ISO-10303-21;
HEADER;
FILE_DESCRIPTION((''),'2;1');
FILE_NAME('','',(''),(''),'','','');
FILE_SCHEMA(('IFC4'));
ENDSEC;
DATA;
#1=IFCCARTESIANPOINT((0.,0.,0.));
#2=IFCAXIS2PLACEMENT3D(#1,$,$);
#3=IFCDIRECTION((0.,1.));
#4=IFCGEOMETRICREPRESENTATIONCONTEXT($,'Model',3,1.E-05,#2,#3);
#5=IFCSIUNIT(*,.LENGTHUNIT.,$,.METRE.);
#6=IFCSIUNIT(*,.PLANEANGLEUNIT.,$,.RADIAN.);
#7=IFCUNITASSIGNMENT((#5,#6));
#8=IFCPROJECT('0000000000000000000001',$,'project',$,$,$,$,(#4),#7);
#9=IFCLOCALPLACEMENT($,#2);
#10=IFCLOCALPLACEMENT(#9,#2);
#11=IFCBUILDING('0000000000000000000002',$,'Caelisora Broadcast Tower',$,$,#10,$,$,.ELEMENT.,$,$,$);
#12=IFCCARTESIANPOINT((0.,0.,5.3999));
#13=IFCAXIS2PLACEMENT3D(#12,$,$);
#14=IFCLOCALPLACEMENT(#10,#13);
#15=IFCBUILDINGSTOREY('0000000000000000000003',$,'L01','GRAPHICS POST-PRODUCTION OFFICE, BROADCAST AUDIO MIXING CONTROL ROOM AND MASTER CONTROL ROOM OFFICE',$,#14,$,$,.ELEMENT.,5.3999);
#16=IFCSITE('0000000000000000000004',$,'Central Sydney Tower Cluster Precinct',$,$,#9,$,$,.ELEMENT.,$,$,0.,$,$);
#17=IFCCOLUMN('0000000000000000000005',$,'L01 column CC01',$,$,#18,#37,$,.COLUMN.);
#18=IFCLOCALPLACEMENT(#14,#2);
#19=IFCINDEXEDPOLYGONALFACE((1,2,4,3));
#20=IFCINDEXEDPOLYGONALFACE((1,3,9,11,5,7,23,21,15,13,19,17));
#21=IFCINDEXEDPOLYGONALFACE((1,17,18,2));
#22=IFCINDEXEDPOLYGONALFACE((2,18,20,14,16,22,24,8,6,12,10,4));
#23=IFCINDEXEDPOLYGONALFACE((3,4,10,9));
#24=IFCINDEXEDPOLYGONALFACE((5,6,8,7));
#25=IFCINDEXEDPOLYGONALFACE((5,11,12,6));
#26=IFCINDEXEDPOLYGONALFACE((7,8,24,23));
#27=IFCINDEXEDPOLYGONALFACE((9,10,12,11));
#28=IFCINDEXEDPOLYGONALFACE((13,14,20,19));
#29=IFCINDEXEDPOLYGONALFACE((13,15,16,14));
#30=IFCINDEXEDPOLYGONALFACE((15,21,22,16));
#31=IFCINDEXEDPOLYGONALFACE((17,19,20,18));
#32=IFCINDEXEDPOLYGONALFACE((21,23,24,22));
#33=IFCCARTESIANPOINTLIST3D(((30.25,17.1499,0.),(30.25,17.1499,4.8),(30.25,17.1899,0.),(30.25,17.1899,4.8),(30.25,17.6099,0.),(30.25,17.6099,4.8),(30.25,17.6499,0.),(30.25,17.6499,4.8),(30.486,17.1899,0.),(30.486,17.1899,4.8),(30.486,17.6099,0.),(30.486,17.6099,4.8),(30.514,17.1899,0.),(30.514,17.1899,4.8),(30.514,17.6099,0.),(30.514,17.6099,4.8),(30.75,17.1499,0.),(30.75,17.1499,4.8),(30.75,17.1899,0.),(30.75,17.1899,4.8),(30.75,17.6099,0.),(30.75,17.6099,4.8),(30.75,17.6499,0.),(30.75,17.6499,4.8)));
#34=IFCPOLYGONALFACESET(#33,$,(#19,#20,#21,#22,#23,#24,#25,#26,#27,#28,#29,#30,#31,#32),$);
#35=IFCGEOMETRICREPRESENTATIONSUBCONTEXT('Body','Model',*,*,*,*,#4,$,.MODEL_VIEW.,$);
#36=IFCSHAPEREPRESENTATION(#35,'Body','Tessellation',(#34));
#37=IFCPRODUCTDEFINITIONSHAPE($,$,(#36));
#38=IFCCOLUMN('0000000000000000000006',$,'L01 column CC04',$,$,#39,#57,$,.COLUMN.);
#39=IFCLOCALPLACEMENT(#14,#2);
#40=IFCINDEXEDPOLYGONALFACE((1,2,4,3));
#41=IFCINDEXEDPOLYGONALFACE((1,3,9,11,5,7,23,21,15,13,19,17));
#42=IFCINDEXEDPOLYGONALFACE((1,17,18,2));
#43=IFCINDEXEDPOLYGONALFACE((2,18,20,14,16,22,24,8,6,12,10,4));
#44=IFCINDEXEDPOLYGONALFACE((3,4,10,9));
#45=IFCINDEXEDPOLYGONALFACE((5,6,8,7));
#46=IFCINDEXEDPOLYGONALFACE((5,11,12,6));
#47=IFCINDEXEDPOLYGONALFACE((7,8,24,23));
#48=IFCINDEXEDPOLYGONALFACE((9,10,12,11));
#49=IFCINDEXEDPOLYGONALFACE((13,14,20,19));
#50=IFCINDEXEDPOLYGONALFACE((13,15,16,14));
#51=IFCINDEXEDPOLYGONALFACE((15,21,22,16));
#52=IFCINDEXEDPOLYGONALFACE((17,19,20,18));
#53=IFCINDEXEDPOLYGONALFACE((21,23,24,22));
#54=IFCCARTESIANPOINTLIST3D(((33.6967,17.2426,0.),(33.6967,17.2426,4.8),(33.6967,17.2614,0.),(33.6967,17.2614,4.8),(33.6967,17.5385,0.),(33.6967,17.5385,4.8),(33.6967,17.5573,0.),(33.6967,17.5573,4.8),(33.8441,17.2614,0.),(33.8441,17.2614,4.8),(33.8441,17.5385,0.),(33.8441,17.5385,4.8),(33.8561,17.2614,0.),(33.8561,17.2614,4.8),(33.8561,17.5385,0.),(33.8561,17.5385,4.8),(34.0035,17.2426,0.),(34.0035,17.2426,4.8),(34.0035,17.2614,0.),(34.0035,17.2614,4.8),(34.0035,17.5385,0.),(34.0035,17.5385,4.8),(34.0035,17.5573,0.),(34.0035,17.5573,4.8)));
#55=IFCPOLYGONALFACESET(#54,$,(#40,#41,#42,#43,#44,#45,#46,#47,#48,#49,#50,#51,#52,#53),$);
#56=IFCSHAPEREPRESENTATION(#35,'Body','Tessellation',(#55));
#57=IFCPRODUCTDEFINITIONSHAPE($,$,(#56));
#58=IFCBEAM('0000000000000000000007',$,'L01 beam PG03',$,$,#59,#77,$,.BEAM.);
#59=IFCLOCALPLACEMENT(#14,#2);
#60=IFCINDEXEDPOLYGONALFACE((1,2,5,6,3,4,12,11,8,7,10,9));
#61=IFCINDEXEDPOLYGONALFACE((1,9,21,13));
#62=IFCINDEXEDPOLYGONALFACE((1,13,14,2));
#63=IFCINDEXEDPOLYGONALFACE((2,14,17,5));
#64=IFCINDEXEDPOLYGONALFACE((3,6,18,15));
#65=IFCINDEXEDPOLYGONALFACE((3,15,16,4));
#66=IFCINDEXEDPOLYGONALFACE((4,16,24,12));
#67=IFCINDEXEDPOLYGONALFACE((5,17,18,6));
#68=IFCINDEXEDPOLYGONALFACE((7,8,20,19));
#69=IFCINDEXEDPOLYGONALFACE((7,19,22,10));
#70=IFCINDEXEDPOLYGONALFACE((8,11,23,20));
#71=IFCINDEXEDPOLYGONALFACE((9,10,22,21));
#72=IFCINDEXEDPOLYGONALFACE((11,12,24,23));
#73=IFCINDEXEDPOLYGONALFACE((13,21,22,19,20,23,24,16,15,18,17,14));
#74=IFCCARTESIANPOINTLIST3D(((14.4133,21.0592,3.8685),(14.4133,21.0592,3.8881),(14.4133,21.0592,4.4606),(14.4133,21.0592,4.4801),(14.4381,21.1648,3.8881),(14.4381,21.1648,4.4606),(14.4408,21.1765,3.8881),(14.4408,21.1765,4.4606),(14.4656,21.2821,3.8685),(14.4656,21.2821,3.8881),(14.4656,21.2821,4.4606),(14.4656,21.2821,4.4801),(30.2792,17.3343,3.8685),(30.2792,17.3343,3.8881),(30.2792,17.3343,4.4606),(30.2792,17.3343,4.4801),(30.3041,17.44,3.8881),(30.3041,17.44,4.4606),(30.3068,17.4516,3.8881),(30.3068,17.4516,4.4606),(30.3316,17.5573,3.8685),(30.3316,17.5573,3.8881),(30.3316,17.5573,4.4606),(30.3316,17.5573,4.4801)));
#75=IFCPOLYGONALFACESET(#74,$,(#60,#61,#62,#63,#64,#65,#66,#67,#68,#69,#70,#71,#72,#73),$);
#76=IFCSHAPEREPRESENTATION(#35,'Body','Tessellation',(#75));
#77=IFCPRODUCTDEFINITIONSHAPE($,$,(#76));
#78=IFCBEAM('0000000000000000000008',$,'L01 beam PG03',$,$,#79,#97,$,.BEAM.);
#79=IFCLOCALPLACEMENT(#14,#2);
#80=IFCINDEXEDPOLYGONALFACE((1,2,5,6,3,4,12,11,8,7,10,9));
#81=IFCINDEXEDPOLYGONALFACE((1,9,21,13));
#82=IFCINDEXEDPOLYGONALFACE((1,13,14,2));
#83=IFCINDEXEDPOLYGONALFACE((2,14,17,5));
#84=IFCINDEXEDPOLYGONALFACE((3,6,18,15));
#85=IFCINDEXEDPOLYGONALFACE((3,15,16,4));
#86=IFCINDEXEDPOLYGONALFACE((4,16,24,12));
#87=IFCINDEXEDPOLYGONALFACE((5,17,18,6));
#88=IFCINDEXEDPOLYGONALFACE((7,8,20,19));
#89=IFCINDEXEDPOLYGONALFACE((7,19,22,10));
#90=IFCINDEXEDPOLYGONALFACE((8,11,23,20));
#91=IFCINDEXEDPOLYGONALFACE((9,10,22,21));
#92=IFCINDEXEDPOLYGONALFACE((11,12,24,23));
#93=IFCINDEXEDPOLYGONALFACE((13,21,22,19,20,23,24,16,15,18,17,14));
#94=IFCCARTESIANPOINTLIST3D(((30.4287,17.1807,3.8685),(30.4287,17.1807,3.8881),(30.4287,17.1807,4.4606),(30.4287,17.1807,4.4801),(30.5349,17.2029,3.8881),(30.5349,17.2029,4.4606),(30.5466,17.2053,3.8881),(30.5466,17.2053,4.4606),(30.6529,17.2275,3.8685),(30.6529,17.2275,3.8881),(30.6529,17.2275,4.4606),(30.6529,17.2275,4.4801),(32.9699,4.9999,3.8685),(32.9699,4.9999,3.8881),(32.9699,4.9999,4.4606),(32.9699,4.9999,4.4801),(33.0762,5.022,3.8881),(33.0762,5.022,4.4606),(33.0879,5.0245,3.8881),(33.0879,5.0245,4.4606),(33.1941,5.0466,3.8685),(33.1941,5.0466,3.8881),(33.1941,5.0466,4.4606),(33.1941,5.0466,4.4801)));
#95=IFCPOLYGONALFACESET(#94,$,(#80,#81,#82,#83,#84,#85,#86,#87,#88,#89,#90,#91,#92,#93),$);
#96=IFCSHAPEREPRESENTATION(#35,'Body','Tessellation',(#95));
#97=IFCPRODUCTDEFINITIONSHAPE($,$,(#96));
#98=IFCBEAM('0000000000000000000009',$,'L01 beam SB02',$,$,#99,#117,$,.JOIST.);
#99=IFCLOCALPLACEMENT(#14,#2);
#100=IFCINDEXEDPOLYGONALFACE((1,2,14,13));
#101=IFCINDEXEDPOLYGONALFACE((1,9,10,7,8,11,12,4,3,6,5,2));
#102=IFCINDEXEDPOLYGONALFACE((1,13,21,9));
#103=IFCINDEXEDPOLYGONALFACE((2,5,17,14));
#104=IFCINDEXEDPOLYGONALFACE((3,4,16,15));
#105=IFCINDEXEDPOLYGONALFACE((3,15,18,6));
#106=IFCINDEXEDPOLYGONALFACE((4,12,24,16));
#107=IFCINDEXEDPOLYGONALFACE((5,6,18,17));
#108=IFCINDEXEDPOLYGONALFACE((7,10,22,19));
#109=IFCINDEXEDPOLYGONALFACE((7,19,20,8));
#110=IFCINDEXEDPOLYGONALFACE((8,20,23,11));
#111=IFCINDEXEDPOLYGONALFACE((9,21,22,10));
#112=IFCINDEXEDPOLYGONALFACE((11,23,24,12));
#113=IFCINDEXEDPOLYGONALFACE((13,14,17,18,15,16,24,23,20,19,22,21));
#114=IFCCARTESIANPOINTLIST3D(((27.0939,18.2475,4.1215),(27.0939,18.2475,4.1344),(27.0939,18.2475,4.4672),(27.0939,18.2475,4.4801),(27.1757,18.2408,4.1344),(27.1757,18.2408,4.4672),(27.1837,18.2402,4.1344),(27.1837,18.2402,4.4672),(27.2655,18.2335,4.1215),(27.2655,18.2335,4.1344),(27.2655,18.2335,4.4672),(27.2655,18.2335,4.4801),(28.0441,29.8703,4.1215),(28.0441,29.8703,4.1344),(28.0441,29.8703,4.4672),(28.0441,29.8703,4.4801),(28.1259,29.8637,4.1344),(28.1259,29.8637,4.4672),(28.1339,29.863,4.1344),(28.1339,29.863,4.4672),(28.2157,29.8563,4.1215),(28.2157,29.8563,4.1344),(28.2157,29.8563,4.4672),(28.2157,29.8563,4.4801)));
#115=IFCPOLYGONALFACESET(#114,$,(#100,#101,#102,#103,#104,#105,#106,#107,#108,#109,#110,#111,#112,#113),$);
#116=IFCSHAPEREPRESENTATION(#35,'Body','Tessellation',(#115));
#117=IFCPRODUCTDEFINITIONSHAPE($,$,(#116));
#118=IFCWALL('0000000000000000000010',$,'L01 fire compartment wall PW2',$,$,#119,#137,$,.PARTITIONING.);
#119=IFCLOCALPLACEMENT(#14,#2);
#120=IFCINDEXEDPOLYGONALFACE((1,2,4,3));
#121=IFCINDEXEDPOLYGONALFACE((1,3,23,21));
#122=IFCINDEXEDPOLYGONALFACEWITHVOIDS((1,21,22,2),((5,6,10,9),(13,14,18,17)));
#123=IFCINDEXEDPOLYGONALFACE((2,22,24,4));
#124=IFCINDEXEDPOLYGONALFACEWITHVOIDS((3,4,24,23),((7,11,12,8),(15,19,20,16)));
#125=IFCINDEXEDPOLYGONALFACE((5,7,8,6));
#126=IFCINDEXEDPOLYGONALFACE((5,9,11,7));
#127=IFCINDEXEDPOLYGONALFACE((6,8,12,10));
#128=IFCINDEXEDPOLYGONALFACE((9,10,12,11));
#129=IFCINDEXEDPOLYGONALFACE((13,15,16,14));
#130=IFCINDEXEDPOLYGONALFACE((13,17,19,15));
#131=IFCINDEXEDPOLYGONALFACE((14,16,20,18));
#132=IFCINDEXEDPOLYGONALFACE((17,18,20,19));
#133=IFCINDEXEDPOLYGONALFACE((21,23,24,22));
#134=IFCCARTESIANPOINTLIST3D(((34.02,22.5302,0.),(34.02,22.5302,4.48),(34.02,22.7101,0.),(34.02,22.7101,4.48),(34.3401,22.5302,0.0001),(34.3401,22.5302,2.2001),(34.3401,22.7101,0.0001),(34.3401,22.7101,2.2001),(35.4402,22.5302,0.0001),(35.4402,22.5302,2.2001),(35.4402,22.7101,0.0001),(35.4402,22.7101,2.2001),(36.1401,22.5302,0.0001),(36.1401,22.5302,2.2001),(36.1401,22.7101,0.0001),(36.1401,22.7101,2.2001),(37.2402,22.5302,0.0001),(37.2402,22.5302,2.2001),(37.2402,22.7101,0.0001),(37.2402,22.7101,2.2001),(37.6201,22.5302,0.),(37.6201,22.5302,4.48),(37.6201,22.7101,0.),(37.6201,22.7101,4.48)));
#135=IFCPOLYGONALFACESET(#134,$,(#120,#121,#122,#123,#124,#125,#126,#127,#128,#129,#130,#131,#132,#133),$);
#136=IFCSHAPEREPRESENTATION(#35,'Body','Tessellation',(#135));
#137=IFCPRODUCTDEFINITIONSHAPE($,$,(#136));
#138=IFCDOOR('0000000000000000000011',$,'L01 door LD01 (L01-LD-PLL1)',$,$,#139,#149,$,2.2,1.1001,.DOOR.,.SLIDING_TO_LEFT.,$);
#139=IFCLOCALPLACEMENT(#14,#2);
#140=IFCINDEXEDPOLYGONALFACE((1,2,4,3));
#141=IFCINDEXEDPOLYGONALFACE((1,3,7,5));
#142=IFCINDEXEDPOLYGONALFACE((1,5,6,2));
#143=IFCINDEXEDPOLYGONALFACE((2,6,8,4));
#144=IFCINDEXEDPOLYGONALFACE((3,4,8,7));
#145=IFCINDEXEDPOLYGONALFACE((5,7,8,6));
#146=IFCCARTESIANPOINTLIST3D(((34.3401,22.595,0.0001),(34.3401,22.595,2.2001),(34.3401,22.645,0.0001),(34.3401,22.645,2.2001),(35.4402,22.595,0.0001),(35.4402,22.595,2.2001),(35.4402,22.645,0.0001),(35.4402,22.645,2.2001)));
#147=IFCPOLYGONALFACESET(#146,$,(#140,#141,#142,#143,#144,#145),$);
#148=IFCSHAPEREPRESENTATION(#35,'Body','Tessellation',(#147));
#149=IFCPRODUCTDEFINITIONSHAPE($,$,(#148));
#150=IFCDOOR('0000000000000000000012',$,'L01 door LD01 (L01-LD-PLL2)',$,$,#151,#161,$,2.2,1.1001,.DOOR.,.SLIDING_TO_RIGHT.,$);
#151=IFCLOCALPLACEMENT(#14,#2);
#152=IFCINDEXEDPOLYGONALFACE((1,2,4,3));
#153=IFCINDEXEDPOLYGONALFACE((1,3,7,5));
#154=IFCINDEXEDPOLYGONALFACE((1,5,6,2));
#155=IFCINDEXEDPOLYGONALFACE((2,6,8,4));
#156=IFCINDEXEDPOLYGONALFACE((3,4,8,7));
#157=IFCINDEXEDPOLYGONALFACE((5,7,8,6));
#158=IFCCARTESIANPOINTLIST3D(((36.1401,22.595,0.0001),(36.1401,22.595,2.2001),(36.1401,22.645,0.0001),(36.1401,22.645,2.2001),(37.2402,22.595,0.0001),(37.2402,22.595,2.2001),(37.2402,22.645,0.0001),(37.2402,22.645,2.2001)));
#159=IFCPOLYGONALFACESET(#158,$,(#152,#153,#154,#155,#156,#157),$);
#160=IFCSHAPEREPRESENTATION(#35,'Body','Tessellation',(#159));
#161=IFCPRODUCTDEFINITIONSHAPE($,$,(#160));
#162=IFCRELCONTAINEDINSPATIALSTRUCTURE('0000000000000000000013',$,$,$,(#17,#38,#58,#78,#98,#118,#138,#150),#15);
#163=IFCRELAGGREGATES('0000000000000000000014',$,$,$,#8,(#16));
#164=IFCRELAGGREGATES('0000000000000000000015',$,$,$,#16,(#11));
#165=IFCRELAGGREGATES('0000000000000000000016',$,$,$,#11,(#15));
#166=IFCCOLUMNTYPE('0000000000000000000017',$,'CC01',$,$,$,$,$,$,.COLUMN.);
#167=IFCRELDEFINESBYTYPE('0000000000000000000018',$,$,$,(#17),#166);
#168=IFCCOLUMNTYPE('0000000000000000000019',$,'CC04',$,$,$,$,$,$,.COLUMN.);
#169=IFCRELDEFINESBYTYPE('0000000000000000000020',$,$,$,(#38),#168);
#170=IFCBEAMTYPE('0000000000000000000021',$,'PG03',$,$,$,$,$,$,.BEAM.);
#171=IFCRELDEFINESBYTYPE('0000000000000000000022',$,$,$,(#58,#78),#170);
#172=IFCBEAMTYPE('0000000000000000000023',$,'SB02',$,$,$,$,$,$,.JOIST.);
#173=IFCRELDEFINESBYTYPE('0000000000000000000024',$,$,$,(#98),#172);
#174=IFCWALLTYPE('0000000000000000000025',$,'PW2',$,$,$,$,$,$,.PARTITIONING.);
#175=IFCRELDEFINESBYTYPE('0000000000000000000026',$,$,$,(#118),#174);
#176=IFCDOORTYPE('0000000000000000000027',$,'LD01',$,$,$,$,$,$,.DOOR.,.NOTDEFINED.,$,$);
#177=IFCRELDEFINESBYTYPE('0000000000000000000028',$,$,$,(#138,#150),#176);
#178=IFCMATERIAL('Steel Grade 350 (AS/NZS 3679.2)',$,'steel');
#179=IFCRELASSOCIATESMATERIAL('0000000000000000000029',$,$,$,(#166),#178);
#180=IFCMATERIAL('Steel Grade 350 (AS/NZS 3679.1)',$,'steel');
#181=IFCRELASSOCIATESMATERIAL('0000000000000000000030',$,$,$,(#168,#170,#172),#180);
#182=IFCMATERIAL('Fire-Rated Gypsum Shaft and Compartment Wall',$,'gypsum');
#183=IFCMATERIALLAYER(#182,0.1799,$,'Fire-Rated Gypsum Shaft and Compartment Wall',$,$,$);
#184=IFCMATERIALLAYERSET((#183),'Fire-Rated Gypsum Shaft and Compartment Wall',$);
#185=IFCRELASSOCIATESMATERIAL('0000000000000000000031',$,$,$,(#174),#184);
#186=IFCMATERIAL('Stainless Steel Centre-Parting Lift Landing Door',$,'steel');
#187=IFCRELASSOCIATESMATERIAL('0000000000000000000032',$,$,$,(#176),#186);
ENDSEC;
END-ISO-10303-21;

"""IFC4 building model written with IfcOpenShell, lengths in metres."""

from ifc_helpers import new_model, si_unit, direction, frame, frame_2d, origin, origin_2d, place, context, subcontext, project, spatial, rectangle, i_section, extrude, source, transform, mapped, material, layer, layer_set, material_profile, profile_set, type_object, type_shapes, element, fill, save


model = new_model("IFC4")

# Units and contexts
model_context = context("Model", 3, precision=1e-05, world=origin(), true_north=direction((0.0, 1.0)))
body_context = subcontext(model_context, "Body", "Model", "MODEL_VIEW")
ifc_project = project(units=[si_unit("LENGTHUNIT", "METRE"), si_unit("PLANEANGLEUNIT", "RADIAN")], contexts=[model_context])

# Site, building, storey
site_placement = place(None, origin())
site = spatial("IfcSite", under=ifc_project, at=site_placement, Name="Central Sydney Tower Cluster Precinct", CompositionType="ELEMENT", RefElevation=0.0)
building_placement = place(site_placement, origin())
building = spatial("IfcBuilding", under=site, at=building_placement, Name="Caelisora Broadcast Tower", CompositionType="ELEMENT")
storey_placement = place(building_placement, frame((0.0, 0.0, 5.3999)))
storey = spatial("IfcBuildingStorey", under=building, at=storey_placement, Name="L01", Description="GRAPHICS POST-PRODUCTION OFFICE, BROADCAST AUDIO MIXING CONTROL ROOM AND MASTER CONTROL ROOM OFFICE", CompositionType="ELEMENT", Elevation=5.3999)

# Columns
ifc_material_1 = material(Name="Steel Grade 350 (AS/NZS 3679.2)", Category="steel")
ifc_material_profile_1 = material_profile(ifc_material_1, i_section(OverallWidth=0.5, OverallDepth=0.5, WebThickness=0.0281, FlangeThickness=0.04, at=origin_2d()), Name="Steel Grade 350 (AS/NZS 3679.2)")
ifc_profile_set_1 = profile_set([ifc_material_profile_1], Name="Steel Grade 350 (AS/NZS 3679.2)")
column_type_1 = type_object("IfcColumnType", Name="CC01", PredefinedType="COLUMN", material=ifc_profile_set_1)
shared_shape_1 = source(origin(), body_context, "Body", "SweptSolid", [
    extrude(i_section(OverallWidth=0.5, OverallDepth=0.5, WebThickness=0.0281, FlangeThickness=0.04, at=origin_2d()), origin(), (0.0, 0.0, 1.0), 4.8),
])
type_shapes(column_type_1, [shared_shape_1])
column_1_placement = place(storey_placement, frame((30.5, 17.3999, 0.0), z_axis=(0.0, 0.0, 1.0), x_axis=(1.0, 0.0, 0.0)))
element("IfcColumn", 1, at=column_1_placement, inside=storey, type_object=column_type_1, Name="L01 column CC01", PredefinedType="COLUMN", context=body_context, shape_type="MappedRepresentation", body=[
    mapped(shared_shape_1, transform((0.0, 0.0, 0.0), scale=1.0)),
])
ifc_material_2 = material(Name="Steel Grade 350 (AS/NZS 3679.1)", Category="steel")
ifc_material_profile_2 = material_profile(ifc_material_2, i_section(OverallWidth=0.3069, OverallDepth=0.3147, WebThickness=0.012, FlangeThickness=0.0188, at=origin_2d()), Name="Steel Grade 350 (AS/NZS 3679.1)")
ifc_profile_set_2 = profile_set([ifc_material_profile_2], Name="Steel Grade 350 (AS/NZS 3679.1)")
column_type_2 = type_object("IfcColumnType", Name="CC04", PredefinedType="COLUMN", material=ifc_profile_set_2)
shared_shape_2 = source(origin(), body_context, "Body", "SweptSolid", [
    extrude(i_section(OverallWidth=0.3069, OverallDepth=0.3147, WebThickness=0.012, FlangeThickness=0.0188, at=origin_2d()), origin(), (0.0, 0.0, 1.0), 4.8),
])
type_shapes(column_type_2, [shared_shape_2])
column_2_placement = place(storey_placement, frame((33.8501, 17.3999, 0.0), z_axis=(0.0, 0.0, 1.0), x_axis=(1.0, 0.0, 0.0)))
element("IfcColumn", 2, at=column_2_placement, inside=storey, type_object=column_type_2, Name="L01 column CC04", PredefinedType="COLUMN", context=body_context, shape_type="MappedRepresentation", body=[
    mapped(shared_shape_2, transform((0.0, 0.0, 0.0), scale=1.0)),
])

# Beams
ifc_material_profile_3 = material_profile(ifc_material_2, i_section(OverallWidth=0.229, OverallDepth=0.6116, WebThickness=0.012, FlangeThickness=0.0195, at=origin_2d()), Name="Steel Grade 350 (AS/NZS 3679.1)")
ifc_profile_set_3 = profile_set([ifc_material_profile_3], Name="Steel Grade 350 (AS/NZS 3679.1)")
beam_type_1 = type_object("IfcBeamType", Name="PG03", PredefinedType="BEAM", material=ifc_profile_set_3)
shared_shape_3 = source(origin(), body_context, "Body", "SweptSolid", [
    extrude(i_section(OverallWidth=0.229, OverallDepth=0.6116, WebThickness=0.012, FlangeThickness=0.0195, at=origin_2d()), origin(), (0.0, 0.0, 1.0), 16.2974),
])
beam_1_placement = place(storey_placement, frame((30.3054, 17.4458, 4.1743), z_axis=(-0.973531, 0.228556, 0.0), x_axis=(-0.228556, -0.973531, 0.0)))
element("IfcBeam", 3, at=beam_1_placement, inside=storey, type_object=beam_type_1, Name="L01 beam PG03", PredefinedType="BEAM", context=body_context, shape_type="MappedRepresentation", body=[
    mapped(shared_shape_3, transform((0.0, 0.0, 0.0), scale=1.0)),
])
shared_shape_4 = source(origin(), body_context, "Body", "SweptSolid", [
    extrude(i_section(OverallWidth=0.229, OverallDepth=0.6116, WebThickness=0.012, FlangeThickness=0.0195, at=origin_2d()), origin(), (0.0, 0.0, 1.0), 12.4431),
])
type_shapes(beam_type_1, [shared_shape_3, shared_shape_4])
beam_2_placement = place(storey_placement, frame((30.5408, 17.2041, 4.1743), z_axis=(0.204229, -0.978923, 0.0), x_axis=(0.978923, 0.204229, 0.0)))
element("IfcBeam", 4, at=beam_2_placement, inside=storey, type_object=beam_type_1, Name="L01 beam PG03", PredefinedType="BEAM", context=body_context, shape_type="MappedRepresentation", body=[
    mapped(shared_shape_4, transform((0.0, 0.0, 0.0), scale=1.0)),
])
ifc_material_profile_4 = material_profile(ifc_material_2, i_section(OverallWidth=0.1721, OverallDepth=0.3586, WebThickness=0.0081, FlangeThickness=0.0129, at=origin_2d()), Name="Steel Grade 350 (AS/NZS 3679.1)")
ifc_profile_set_4 = profile_set([ifc_material_profile_4], Name="Steel Grade 350 (AS/NZS 3679.1)")
beam_type_2 = type_object("IfcBeamType", Name="SB02", PredefinedType="JOIST", material=ifc_profile_set_4)
shared_shape_5 = source(origin(), body_context, "Body", "SweptSolid", [
    extrude(i_section(OverallWidth=0.1721, OverallDepth=0.3586, WebThickness=0.0081, FlangeThickness=0.0129, at=origin_2d()), origin(), (0.0, 0.0, 1.0), 11.6616),
])
type_shapes(beam_type_2, [shared_shape_5])
beam_3_placement = place(storey_placement, frame((27.1797, 18.2405, 4.3008), z_axis=(0.081481, 0.996675, 0.0), x_axis=(-0.996675, 0.081481, 0.0)))
element("IfcBeam", 5, at=beam_3_placement, inside=storey, type_object=beam_type_2, Name="L01 beam SB02", PredefinedType="JOIST", context=body_context, shape_type="MappedRepresentation", body=[
    mapped(shared_shape_5, transform((0.0, 0.0, 0.0), scale=1.0)),
])

# Wall, openings, doors
ifc_material_3 = material(Name="Fire-Rated Gypsum Shaft and Compartment Wall", Category="gypsum")
ifc_layer_1 = layer(ifc_material_3, 0.1799, Name="Fire-Rated Gypsum Shaft and Compartment Wall")
ifc_layer_set_1 = layer_set([ifc_layer_1], Name="Fire-Rated Gypsum Shaft and Compartment Wall")
wall_type = type_object("IfcWallType", Name="PW2", PredefinedType="PARTITIONING", material=ifc_layer_set_1)
wall_placement = place(storey_placement, frame((34.02, 22.6201, 0.0), z_axis=(0.0, 0.0, 1.0), x_axis=(1.0, 0.0, 0.0)))
wall = element("IfcWall", 6, at=wall_placement, inside=storey, type_object=wall_type, Name="L01 fire compartment wall PW2", PredefinedType="PARTITIONING", context=body_context, shape_type="SweptSolid", body=[
    extrude(rectangle(XDim=3.6001, YDim=0.1799, at=frame_2d((1.8, 0.0))), origin(), (0.0, 0.0, 1.0), 4.48),
])
opening_1_placement = place(wall_placement, frame((0.3201, 0.0, 0.0)))
opening_1 = element("IfcOpeningElement", 7, at=opening_1_placement, cuts=wall, PredefinedType="OPENING", context=body_context, shape_type="SweptSolid", body=[
    extrude(rectangle(XDim=1.1001, YDim=2.2, at=frame_2d((0.55, 1.1001))), frame((0.0, 0.1021, 0.0), z_axis=(0.0, -1.0, 0.0), x_axis=(1.0, 0.0, 0.0)), (0.0, 0.0, 1.0), 0.2039),
])
opening_2_placement = place(wall_placement, frame((2.1201, 0.0, 0.0)))
opening_2 = element("IfcOpeningElement", 8, at=opening_2_placement, cuts=wall, PredefinedType="OPENING", context=body_context, shape_type="SweptSolid", body=[
    extrude(rectangle(XDim=1.1001, YDim=2.2, at=frame_2d((0.55, 1.1001))), frame((0.0, 0.1021, 0.0), z_axis=(0.0, -1.0, 0.0), x_axis=(1.0, 0.0, 0.0)), (0.0, 0.0, 1.0), 0.2039),
])
ifc_material_4 = material(Name="Stainless Steel Centre-Parting Lift Landing Door", Category="steel")
door_type = type_object("IfcDoorType", Name="LD01", OperationType="NOTDEFINED", PredefinedType="DOOR", material=ifc_material_4)
door_1_placement = place(opening_1_placement, origin())
door_1 = element("IfcDoor", 9, at=door_1_placement, inside=storey, type_object=door_type, Name="L01 door LD01 (L01-LD-PLL1)", OperationType="SLIDING_TO_LEFT", OverallHeight=2.2, OverallWidth=1.1001, PredefinedType="DOOR", context=body_context, shape_type="SweptSolid", body=[
    extrude(rectangle(XDim=1.1001, YDim=2.2, at=frame_2d((0.55, 1.1001))), frame((0.0, 0.0249, 0.0), z_axis=(0.0, -1.0, 0.0), x_axis=(1.0, 0.0, 0.0)), (0.0, 0.0, 1.0), 0.05),
])
fill(opening_1, door_1)
door_2_placement = place(opening_2_placement, origin())
door_2 = element("IfcDoor", 10, at=door_2_placement, inside=storey, type_object=door_type, Name="L01 door LD01 (L01-LD-PLL2)", OperationType="SLIDING_TO_RIGHT", OverallHeight=2.2, OverallWidth=1.1001, PredefinedType="DOOR", context=body_context, shape_type="SweptSolid", body=[
    extrude(rectangle(XDim=1.1001, YDim=2.2, at=frame_2d((0.55, 1.1001))), frame((0.0, 0.0249, 0.0), z_axis=(0.0, -1.0, 0.0), x_axis=(1.0, 0.0, 0.0)), (0.0, 0.0, 1.0), 0.05),
])
fill(opening_2, door_2)

save(model, "model.ifc")
